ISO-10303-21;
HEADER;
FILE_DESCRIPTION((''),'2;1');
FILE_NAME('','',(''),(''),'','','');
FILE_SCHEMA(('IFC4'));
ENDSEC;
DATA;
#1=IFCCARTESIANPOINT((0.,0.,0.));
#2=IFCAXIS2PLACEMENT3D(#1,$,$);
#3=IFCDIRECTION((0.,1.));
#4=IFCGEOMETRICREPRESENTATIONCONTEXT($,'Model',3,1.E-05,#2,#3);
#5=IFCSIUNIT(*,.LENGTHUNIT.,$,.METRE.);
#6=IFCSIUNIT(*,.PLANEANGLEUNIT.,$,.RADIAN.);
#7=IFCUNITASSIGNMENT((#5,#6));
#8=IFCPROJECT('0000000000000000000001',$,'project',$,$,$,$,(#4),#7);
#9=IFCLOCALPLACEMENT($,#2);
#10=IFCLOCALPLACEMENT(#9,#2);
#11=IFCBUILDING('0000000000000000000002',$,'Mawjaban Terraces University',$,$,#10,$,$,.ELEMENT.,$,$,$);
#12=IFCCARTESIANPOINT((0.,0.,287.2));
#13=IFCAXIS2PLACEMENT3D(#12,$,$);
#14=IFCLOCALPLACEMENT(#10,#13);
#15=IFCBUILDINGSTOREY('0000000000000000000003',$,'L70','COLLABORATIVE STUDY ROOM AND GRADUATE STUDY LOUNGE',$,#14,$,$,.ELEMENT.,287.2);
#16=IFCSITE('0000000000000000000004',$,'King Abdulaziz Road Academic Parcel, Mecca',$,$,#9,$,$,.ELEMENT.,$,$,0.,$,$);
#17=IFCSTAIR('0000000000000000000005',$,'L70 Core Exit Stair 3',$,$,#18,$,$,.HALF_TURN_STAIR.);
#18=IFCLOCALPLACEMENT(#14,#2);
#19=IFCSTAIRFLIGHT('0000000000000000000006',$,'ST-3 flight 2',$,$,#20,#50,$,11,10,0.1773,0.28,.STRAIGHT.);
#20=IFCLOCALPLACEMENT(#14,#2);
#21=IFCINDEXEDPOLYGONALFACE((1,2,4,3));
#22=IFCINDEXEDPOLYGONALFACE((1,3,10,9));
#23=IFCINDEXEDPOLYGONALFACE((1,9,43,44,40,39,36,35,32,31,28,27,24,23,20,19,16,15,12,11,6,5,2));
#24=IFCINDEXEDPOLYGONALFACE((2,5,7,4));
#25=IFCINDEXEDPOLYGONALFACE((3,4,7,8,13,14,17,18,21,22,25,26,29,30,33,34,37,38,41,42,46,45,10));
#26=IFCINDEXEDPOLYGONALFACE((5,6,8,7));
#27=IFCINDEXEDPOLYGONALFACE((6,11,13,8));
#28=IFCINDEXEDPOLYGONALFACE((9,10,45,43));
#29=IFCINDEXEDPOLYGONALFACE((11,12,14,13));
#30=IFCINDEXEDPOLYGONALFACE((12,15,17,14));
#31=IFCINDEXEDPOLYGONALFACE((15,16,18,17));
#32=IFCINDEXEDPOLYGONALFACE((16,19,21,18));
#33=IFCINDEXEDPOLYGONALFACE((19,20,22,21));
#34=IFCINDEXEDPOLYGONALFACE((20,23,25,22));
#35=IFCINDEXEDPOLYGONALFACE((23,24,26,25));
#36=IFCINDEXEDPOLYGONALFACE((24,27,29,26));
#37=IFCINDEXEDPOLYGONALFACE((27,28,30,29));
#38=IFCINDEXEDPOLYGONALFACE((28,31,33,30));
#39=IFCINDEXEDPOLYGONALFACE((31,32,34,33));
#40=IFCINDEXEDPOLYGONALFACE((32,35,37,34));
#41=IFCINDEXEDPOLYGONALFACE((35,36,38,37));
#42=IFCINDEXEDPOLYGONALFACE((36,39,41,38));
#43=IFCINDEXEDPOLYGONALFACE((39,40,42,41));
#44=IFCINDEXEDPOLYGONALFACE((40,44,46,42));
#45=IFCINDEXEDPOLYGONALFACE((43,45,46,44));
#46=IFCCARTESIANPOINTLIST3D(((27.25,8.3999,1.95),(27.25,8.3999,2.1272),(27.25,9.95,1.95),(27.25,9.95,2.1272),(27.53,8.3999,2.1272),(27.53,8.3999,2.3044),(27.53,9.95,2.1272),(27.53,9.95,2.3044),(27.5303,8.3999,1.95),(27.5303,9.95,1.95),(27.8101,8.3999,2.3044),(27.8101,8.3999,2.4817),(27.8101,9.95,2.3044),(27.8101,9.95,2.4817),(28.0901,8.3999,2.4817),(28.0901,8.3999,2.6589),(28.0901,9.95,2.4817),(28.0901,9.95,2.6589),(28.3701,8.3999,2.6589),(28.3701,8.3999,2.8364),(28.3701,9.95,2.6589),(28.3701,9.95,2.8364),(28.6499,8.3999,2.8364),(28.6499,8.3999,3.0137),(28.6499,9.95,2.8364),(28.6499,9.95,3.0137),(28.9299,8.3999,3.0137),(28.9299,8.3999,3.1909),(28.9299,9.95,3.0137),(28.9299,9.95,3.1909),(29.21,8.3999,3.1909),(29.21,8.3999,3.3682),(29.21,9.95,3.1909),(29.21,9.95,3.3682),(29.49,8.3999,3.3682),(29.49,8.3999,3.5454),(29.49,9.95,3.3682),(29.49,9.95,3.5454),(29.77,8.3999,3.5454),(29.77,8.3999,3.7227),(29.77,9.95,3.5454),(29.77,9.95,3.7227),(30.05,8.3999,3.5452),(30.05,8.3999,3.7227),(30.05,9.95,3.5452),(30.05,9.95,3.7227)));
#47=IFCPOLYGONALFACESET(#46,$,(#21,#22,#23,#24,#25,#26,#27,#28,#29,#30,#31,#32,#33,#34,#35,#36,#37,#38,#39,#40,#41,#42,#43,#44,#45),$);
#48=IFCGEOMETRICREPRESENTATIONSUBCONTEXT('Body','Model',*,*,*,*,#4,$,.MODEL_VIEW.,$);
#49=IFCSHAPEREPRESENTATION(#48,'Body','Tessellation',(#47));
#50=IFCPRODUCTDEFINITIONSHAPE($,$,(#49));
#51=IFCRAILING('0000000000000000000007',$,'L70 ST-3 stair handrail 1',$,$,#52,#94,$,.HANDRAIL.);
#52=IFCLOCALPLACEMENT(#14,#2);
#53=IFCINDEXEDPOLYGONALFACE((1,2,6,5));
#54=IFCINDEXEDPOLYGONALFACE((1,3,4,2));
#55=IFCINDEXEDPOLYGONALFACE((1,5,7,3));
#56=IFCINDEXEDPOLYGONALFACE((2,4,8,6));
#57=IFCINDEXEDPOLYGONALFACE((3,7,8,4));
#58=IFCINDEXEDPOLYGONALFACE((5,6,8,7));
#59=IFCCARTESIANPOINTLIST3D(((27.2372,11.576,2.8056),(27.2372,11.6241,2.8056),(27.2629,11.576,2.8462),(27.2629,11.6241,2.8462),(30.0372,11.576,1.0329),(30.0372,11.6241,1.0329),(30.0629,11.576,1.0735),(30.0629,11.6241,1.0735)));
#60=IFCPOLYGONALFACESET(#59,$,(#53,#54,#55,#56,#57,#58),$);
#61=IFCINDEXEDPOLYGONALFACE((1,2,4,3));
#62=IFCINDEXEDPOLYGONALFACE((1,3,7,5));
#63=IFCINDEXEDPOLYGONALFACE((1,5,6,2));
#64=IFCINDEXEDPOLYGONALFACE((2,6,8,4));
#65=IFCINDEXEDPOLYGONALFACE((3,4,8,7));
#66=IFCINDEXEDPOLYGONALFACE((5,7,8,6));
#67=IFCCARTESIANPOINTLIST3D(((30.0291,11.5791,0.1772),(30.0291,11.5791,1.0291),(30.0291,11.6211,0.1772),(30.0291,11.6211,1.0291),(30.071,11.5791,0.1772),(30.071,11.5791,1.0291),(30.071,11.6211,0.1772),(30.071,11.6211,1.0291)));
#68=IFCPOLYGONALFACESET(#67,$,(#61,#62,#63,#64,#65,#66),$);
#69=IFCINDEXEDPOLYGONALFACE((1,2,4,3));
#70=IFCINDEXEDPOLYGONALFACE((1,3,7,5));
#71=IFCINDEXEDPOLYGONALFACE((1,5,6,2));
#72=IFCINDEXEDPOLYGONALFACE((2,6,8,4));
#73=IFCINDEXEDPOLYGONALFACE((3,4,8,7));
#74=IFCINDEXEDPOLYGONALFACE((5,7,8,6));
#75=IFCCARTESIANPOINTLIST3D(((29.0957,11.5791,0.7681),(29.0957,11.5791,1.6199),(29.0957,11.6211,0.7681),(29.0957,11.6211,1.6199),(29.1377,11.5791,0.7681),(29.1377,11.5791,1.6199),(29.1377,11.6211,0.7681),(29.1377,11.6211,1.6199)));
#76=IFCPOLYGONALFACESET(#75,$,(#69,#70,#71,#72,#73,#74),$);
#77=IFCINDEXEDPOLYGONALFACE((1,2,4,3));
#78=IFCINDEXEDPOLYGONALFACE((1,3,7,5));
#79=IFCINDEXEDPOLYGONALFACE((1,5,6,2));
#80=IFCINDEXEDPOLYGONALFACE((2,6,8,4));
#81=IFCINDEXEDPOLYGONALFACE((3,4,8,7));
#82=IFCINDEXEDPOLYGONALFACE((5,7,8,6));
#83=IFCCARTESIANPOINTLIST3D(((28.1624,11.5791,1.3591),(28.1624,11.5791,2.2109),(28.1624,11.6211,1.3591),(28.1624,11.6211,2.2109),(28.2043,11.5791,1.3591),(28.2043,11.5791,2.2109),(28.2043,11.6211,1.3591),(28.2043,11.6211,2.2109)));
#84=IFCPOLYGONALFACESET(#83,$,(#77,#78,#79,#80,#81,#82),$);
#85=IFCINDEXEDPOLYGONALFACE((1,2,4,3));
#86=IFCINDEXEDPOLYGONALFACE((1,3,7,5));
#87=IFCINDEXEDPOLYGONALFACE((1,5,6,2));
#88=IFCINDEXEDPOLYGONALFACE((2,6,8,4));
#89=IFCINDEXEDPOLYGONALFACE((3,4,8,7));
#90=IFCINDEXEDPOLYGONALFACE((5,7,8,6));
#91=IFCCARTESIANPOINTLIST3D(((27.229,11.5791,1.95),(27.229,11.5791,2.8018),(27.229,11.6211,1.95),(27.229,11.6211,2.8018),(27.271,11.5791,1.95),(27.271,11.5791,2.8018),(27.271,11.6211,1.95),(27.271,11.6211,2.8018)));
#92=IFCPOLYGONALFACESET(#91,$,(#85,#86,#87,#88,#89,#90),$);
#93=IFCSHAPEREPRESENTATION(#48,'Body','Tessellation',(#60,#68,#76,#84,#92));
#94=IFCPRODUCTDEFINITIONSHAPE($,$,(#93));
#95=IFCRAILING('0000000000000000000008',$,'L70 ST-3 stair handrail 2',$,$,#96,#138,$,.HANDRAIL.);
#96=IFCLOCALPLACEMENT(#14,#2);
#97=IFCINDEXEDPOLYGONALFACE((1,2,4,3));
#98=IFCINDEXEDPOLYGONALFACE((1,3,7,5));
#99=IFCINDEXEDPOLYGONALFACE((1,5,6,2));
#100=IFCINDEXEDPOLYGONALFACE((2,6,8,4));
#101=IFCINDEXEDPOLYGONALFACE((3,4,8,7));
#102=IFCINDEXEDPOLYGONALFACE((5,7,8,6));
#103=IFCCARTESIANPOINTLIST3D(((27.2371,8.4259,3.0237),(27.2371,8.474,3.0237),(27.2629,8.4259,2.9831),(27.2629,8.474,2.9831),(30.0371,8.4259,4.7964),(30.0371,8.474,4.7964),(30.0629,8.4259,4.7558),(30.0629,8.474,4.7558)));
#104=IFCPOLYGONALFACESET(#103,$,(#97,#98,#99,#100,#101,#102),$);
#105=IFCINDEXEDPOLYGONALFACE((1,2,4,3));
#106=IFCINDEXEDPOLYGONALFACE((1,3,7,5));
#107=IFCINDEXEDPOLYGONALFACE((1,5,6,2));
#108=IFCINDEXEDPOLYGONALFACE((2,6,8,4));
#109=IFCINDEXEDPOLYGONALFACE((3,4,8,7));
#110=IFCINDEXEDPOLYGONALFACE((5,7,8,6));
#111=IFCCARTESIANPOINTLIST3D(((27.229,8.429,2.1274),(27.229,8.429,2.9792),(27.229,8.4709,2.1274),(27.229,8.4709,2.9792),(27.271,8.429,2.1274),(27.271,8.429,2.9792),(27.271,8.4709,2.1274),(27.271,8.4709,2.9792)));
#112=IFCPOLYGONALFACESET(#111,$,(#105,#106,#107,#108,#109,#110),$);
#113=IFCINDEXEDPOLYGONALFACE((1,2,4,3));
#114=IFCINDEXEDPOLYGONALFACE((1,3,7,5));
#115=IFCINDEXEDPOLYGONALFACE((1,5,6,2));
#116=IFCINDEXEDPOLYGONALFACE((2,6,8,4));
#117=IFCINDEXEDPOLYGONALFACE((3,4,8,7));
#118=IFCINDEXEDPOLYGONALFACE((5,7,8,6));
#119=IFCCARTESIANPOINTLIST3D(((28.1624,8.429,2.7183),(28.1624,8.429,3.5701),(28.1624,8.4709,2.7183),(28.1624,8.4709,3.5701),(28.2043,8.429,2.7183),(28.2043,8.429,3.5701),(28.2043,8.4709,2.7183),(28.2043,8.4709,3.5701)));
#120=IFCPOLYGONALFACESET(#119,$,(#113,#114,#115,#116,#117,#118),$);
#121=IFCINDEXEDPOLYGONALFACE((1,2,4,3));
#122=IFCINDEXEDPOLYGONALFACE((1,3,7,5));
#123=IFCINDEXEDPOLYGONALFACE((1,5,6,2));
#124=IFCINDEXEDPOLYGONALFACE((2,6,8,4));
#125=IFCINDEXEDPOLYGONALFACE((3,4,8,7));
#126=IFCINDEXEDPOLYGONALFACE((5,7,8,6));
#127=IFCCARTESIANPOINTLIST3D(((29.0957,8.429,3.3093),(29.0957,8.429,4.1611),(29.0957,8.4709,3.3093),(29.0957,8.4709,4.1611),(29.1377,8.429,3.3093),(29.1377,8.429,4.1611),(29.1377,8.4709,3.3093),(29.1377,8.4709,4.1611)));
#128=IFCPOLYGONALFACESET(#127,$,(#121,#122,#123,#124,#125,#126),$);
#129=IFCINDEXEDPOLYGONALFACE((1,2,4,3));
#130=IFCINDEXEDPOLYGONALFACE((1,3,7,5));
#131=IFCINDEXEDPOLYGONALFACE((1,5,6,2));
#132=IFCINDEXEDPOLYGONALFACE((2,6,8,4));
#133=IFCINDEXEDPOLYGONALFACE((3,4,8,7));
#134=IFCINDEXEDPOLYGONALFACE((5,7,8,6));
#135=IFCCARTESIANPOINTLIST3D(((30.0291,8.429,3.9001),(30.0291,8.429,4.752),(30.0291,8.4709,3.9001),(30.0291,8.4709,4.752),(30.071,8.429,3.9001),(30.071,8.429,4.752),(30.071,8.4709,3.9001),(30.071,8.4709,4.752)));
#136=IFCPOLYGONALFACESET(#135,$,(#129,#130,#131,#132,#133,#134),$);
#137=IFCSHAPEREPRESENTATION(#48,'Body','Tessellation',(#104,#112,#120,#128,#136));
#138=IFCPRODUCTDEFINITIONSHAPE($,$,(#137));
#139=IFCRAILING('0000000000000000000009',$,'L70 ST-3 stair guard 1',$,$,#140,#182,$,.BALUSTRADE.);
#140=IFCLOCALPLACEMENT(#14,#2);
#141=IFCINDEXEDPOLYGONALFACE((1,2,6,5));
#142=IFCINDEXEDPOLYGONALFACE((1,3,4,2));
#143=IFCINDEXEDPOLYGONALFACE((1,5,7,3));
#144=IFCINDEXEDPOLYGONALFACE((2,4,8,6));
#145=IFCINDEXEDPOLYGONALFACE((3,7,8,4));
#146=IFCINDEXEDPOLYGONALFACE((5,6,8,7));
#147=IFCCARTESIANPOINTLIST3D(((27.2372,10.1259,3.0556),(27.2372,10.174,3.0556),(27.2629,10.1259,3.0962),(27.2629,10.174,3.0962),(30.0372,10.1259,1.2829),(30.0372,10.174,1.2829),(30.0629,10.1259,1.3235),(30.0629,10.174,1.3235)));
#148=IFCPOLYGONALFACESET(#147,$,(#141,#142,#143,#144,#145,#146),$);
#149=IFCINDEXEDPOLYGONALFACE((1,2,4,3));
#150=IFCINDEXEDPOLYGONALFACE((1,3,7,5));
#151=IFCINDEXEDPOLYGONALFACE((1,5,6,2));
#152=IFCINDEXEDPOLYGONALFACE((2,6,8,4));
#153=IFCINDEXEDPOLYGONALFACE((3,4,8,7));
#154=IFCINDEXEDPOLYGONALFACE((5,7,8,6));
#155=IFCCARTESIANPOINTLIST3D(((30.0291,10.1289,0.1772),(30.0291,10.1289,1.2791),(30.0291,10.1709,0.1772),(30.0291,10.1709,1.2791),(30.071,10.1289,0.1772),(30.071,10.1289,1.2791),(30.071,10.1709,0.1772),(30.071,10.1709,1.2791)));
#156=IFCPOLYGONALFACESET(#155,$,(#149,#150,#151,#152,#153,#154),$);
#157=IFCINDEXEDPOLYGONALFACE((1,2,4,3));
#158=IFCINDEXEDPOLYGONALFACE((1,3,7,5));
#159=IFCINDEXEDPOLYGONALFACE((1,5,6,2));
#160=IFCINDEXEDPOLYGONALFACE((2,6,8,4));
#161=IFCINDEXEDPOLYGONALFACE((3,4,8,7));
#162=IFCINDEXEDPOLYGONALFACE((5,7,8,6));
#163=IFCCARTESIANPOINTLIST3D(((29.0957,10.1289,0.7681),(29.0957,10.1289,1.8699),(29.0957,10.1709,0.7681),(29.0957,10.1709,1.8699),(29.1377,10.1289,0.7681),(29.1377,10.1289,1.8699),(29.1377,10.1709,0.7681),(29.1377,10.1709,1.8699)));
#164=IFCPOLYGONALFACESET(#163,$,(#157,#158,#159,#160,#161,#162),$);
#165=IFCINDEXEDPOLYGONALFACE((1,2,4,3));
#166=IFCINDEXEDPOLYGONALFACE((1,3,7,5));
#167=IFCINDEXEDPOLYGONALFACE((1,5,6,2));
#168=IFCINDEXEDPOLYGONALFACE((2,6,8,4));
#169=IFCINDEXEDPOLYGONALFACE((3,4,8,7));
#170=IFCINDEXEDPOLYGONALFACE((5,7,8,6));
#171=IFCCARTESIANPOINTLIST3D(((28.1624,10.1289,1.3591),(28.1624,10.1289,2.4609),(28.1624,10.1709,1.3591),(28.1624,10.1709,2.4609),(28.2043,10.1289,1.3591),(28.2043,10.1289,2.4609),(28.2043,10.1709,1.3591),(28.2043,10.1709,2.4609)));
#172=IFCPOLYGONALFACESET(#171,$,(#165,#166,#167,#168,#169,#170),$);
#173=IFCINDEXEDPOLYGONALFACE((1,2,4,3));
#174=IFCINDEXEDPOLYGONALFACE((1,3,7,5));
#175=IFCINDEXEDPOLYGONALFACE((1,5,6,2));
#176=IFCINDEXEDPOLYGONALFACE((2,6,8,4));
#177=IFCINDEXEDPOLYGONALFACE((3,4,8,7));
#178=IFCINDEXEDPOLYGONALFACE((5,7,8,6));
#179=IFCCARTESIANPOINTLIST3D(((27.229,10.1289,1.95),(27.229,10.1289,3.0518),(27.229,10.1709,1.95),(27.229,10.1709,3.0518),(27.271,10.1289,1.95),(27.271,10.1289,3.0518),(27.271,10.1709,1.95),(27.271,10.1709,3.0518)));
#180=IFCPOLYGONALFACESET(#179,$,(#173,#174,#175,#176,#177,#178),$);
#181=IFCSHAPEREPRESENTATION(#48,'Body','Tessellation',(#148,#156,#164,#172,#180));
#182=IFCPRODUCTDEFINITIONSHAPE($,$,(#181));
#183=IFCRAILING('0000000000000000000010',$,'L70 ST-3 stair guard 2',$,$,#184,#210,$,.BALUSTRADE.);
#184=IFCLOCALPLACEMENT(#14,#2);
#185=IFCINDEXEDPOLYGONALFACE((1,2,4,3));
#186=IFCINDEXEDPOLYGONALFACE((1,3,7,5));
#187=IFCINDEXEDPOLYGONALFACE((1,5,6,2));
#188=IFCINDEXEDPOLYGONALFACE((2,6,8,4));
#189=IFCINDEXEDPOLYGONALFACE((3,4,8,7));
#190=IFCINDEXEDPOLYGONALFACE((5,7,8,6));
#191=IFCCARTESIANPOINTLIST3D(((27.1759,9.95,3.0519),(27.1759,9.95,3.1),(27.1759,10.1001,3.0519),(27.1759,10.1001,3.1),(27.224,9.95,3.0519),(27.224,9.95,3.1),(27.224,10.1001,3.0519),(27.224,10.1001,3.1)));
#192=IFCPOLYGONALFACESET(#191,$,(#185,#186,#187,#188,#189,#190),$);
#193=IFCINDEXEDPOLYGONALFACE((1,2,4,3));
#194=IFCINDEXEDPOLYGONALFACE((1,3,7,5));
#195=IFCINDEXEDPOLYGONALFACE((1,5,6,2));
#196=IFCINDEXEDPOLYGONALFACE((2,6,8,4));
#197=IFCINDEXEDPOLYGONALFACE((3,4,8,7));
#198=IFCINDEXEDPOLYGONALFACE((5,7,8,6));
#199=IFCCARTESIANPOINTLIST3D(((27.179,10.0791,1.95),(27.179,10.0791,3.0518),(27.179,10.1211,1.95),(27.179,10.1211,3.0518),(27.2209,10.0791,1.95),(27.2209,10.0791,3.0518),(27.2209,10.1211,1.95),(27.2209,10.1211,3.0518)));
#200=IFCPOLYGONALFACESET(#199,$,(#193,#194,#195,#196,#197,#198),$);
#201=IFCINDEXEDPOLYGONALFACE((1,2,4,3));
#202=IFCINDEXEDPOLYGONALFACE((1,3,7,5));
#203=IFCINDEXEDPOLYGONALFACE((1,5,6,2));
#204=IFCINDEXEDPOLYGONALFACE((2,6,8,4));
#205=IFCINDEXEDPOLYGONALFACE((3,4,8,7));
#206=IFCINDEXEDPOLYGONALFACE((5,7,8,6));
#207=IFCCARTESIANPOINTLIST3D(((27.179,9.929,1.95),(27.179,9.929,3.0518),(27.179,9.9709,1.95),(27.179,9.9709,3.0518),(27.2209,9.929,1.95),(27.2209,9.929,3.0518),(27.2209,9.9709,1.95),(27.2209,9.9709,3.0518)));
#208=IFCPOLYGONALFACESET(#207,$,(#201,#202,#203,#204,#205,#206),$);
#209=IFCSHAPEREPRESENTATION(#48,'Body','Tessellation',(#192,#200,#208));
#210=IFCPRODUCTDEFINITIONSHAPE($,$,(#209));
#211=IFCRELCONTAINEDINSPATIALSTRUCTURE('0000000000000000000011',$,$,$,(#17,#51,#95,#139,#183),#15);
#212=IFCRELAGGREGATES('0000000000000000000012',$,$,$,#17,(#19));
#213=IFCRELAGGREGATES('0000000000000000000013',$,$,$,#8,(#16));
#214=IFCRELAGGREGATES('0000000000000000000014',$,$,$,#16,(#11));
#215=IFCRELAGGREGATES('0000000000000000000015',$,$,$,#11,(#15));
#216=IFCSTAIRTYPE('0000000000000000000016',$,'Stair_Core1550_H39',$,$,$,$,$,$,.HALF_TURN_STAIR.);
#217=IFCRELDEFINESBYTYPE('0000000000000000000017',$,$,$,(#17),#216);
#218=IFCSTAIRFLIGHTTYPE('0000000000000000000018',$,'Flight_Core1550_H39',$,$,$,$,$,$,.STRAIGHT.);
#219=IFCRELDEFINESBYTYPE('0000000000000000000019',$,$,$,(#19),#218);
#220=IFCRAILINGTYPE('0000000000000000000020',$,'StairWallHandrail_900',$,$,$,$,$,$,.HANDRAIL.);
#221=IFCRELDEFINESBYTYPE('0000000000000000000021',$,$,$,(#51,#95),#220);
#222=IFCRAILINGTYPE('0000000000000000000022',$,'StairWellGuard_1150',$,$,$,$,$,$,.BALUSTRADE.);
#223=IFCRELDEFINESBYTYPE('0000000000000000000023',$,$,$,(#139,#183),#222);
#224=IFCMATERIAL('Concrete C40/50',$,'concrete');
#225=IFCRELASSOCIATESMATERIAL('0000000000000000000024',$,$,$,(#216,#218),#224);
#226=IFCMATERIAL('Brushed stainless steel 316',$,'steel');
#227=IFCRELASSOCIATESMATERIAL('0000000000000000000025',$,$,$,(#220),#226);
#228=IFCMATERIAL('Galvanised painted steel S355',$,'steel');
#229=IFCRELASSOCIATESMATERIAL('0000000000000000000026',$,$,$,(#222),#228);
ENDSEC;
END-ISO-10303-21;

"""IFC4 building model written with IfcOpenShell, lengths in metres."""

from ifc_helpers import new_model, si_unit, direction, frame, origin, origin_2d, place, context, subcontext, project, spatial, polyline, rectangle, outline, extrude, material, type_object, element, aggregate, save


model = new_model("IFC4")

# Units and contexts
model_context = context("Model", 3, precision=1e-05, world=origin(), true_north=direction((0.0, 1.0)))
body_context = subcontext(model_context, "Body", "Model", "MODEL_VIEW")
ifc_project = project(units=[si_unit("LENGTHUNIT", "METRE"), si_unit("PLANEANGLEUNIT", "RADIAN")], contexts=[model_context])

# Site, building, storey
site_placement = place(None, origin())
site = spatial("IfcSite", under=ifc_project, at=site_placement, Name="King Abdulaziz Road Academic Parcel, Mecca", CompositionType="ELEMENT", RefElevation=0.0)
building_placement = place(site_placement, origin())
building = spatial("IfcBuilding", under=site, at=building_placement, Name="Mawjaban Terraces University", CompositionType="ELEMENT")
storey_placement = place(building_placement, frame((0.0, 0.0, 287.2)))
storey = spatial("IfcBuildingStorey", under=building, at=storey_placement, Name="L70", Description="COLLABORATIVE STUDY ROOM AND GRADUATE STUDY LOUNGE", CompositionType="ELEMENT", Elevation=287.2)

# Shared definitions
ifc_material_1 = material(Name="Concrete C40/50", Category="concrete")

# Stair, stair flight
stair_type = type_object("IfcStairType", Name="Stair_Core1550_H39", PredefinedType="HALF_TURN_STAIR", material=ifc_material_1)
stair_placement = place(storey_placement, origin())
stair = element("IfcStair", 1, at=stair_placement, inside=storey, type_object=stair_type, Name="L70 Core Exit Stair 3", PredefinedType="HALF_TURN_STAIR")
stair_flight_type = type_object("IfcStairFlightType", Name="Flight_Core1550_H39", PredefinedType="STRAIGHT", material=ifc_material_1)
stair_flight_1_placement = place(storey_placement, frame((27.25, 9.175, 1.95), z_axis=(0.0, 0.0, 1.0), x_axis=(1.0, 0.0, 0.0)))
stair_flight_1 = element("IfcStairFlight", 2, at=stair_flight_1_placement, type_object=stair_flight_type, Name="ST-3 flight 2", NumberOfRisers=11, NumberOfTreads=10, PredefinedType="STRAIGHT", RiserHeight=0.1773, TreadLength=0.28, context=body_context, shape_type="SweptSolid", body=[
    extrude(outline(polyline([(0.0, 0.0), (0.0, 0.1772), (0.28, 0.1772), (0.28, 0.3545), (0.5601, 0.3545), (0.5601, 0.5317), (0.8401, 0.5317), (0.8401, 0.709), (1.1201, 0.709), (1.1201, 0.8865), (1.3999, 0.8865), (1.3999, 1.0637), (1.6799, 1.0637), (1.6799, 1.241), (1.96, 1.241), (1.96, 1.4182), (2.24, 1.4182), (2.24, 1.5955), (2.52, 1.5955), (2.52, 1.7727), (2.8, 1.7727), (2.8, 1.95), (2.8, 1.5952), (0.2803, 0.0), (0.0, 0.0)])), frame((0.0, 0.7749, 0.0), z_axis=(0.0, -1.0, 0.0), x_axis=(1.0, 0.0, 0.0)), (0.0, 0.0, 1.0), 1.55),
])
aggregate(stair, [stair_flight_1])

# Railings
ifc_material_2 = material(Name="Brushed stainless steel 316", Category="steel")
railing_type_1 = type_object("IfcRailingType", Name="StairWallHandrail_900", PredefinedType="HANDRAIL", material=ifc_material_2)
railing_1_placement = place(storey_placement, frame((30.05, 11.6001, 0.1772)))
element("IfcRailing", 3, at=railing_1_placement, inside=storey, type_object=railing_type_1, Name="L70 ST-3 stair handrail 1", PredefinedType="HANDRAIL", context=body_context, shape_type="SweptSolid", body=[
    extrude(rectangle(XDim=0.0481, YDim=0.0481, at=origin_2d()), frame((0.0, 0.0, 0.876), z_axis=(-0.844909, 0.0, 0.53491), x_axis=(0.0, -1.0, 0.0)), (0.0, 0.0, 1.0), 3.314),
    extrude(rectangle(XDim=0.042, YDim=0.042, at=origin_2d()), origin(), (0.0, 0.0, 1.0), 0.8518),
    extrude(rectangle(XDim=0.042, YDim=0.042, at=origin_2d()), frame((-0.9333, 0.0, 0.5908)), (0.0, 0.0, 1.0), 0.8518),
    extrude(rectangle(XDim=0.042, YDim=0.042, at=origin_2d()), frame((-1.8667, 0.0, 1.1819)), (0.0, 0.0, 1.0), 0.8518),
    extrude(rectangle(XDim=0.042, YDim=0.042, at=origin_2d()), frame((-2.8, 0.0, 1.7727)), (0.0, 0.0, 1.0), 0.8518),
])
railing_2_placement = place(storey_placement, frame((27.25, 8.45, 2.1274)))
element("IfcRailing", 4, at=railing_2_placement, inside=storey, type_object=railing_type_1, Name="L70 ST-3 stair handrail 2", PredefinedType="HANDRAIL", context=body_context, shape_type="SweptSolid", body=[
    extrude(rectangle(XDim=0.0481, YDim=0.0481, at=origin_2d()), frame((0.0, 0.0, 0.876), z_axis=(0.844909, 0.0, 0.53491), x_axis=(0.0, 1.0, 0.0)), (0.0, 0.0, 1.0), 3.314),
    extrude(rectangle(XDim=0.042, YDim=0.042, at=origin_2d()), origin(), (0.0, 0.0, 1.0), 0.8518),
    extrude(rectangle(XDim=0.042, YDim=0.042, at=origin_2d()), frame((0.9333, 0.0, 0.5908)), (0.0, 0.0, 1.0), 0.8518),
    extrude(rectangle(XDim=0.042, YDim=0.042, at=origin_2d()), frame((1.8667, 0.0, 1.1819)), (0.0, 0.0, 1.0), 0.8518),
    extrude(rectangle(XDim=0.042, YDim=0.042, at=origin_2d()), frame((2.8, 0.0, 1.7727)), (0.0, 0.0, 1.0), 0.8518),
])
ifc_material_3 = material(Name="Galvanised painted steel S355", Category="steel")
railing_type_2 = type_object("IfcRailingType", Name="StairWellGuard_1150", PredefinedType="BALUSTRADE", material=ifc_material_3)
railing_3_placement = place(storey_placement, frame((30.05, 10.1499, 0.1772)))
element("IfcRailing", 5, at=railing_3_placement, inside=storey, type_object=railing_type_2, Name="L70 ST-3 stair guard 1", PredefinedType="BALUSTRADE", context=body_context, shape_type="SweptSolid", body=[
    extrude(rectangle(XDim=0.0481, YDim=0.0481, at=origin_2d()), frame((0.0, 0.0, 1.126), z_axis=(-0.844909, 0.0, 0.53491), x_axis=(0.0, -1.0, 0.0)), (0.0, 0.0, 1.0), 3.314),
    extrude(rectangle(XDim=0.042, YDim=0.042, at=origin_2d()), origin(), (0.0, 0.0, 1.0), 1.1018),
    extrude(rectangle(XDim=0.042, YDim=0.042, at=origin_2d()), frame((-0.9333, 0.0, 0.5908)), (0.0, 0.0, 1.0), 1.1018),
    extrude(rectangle(XDim=0.042, YDim=0.042, at=origin_2d()), frame((-1.8667, 0.0, 1.1819)), (0.0, 0.0, 1.0), 1.1018),
    extrude(rectangle(XDim=0.042, YDim=0.042, at=origin_2d()), frame((-2.8, 0.0, 1.7727)), (0.0, 0.0, 1.0), 1.1018),
])
railing_4_placement = place(storey_placement, frame((27.2, 10.1001, 1.95)))
element("IfcRailing", 6, at=railing_4_placement, inside=storey, type_object=railing_type_2, Name="L70 ST-3 stair guard 2", PredefinedType="BALUSTRADE", context=body_context, shape_type="SweptSolid", body=[
    extrude(rectangle(XDim=0.0481, YDim=0.0481, at=origin_2d()), frame((0.0, 0.0, 1.126), z_axis=(0.0, -1.0, 0.0), x_axis=(1.0, 0.0, 0.0)), (0.0, 0.0, 1.0), 0.1501),
    extrude(rectangle(XDim=0.042, YDim=0.042, at=origin_2d()), origin(), (0.0, 0.0, 1.0), 1.1018),
    extrude(rectangle(XDim=0.042, YDim=0.042, at=origin_2d()), frame((0.0, -0.1501, 0.0)), (0.0, 0.0, 1.0), 1.1018),
])

save(model, "model.ifc")
